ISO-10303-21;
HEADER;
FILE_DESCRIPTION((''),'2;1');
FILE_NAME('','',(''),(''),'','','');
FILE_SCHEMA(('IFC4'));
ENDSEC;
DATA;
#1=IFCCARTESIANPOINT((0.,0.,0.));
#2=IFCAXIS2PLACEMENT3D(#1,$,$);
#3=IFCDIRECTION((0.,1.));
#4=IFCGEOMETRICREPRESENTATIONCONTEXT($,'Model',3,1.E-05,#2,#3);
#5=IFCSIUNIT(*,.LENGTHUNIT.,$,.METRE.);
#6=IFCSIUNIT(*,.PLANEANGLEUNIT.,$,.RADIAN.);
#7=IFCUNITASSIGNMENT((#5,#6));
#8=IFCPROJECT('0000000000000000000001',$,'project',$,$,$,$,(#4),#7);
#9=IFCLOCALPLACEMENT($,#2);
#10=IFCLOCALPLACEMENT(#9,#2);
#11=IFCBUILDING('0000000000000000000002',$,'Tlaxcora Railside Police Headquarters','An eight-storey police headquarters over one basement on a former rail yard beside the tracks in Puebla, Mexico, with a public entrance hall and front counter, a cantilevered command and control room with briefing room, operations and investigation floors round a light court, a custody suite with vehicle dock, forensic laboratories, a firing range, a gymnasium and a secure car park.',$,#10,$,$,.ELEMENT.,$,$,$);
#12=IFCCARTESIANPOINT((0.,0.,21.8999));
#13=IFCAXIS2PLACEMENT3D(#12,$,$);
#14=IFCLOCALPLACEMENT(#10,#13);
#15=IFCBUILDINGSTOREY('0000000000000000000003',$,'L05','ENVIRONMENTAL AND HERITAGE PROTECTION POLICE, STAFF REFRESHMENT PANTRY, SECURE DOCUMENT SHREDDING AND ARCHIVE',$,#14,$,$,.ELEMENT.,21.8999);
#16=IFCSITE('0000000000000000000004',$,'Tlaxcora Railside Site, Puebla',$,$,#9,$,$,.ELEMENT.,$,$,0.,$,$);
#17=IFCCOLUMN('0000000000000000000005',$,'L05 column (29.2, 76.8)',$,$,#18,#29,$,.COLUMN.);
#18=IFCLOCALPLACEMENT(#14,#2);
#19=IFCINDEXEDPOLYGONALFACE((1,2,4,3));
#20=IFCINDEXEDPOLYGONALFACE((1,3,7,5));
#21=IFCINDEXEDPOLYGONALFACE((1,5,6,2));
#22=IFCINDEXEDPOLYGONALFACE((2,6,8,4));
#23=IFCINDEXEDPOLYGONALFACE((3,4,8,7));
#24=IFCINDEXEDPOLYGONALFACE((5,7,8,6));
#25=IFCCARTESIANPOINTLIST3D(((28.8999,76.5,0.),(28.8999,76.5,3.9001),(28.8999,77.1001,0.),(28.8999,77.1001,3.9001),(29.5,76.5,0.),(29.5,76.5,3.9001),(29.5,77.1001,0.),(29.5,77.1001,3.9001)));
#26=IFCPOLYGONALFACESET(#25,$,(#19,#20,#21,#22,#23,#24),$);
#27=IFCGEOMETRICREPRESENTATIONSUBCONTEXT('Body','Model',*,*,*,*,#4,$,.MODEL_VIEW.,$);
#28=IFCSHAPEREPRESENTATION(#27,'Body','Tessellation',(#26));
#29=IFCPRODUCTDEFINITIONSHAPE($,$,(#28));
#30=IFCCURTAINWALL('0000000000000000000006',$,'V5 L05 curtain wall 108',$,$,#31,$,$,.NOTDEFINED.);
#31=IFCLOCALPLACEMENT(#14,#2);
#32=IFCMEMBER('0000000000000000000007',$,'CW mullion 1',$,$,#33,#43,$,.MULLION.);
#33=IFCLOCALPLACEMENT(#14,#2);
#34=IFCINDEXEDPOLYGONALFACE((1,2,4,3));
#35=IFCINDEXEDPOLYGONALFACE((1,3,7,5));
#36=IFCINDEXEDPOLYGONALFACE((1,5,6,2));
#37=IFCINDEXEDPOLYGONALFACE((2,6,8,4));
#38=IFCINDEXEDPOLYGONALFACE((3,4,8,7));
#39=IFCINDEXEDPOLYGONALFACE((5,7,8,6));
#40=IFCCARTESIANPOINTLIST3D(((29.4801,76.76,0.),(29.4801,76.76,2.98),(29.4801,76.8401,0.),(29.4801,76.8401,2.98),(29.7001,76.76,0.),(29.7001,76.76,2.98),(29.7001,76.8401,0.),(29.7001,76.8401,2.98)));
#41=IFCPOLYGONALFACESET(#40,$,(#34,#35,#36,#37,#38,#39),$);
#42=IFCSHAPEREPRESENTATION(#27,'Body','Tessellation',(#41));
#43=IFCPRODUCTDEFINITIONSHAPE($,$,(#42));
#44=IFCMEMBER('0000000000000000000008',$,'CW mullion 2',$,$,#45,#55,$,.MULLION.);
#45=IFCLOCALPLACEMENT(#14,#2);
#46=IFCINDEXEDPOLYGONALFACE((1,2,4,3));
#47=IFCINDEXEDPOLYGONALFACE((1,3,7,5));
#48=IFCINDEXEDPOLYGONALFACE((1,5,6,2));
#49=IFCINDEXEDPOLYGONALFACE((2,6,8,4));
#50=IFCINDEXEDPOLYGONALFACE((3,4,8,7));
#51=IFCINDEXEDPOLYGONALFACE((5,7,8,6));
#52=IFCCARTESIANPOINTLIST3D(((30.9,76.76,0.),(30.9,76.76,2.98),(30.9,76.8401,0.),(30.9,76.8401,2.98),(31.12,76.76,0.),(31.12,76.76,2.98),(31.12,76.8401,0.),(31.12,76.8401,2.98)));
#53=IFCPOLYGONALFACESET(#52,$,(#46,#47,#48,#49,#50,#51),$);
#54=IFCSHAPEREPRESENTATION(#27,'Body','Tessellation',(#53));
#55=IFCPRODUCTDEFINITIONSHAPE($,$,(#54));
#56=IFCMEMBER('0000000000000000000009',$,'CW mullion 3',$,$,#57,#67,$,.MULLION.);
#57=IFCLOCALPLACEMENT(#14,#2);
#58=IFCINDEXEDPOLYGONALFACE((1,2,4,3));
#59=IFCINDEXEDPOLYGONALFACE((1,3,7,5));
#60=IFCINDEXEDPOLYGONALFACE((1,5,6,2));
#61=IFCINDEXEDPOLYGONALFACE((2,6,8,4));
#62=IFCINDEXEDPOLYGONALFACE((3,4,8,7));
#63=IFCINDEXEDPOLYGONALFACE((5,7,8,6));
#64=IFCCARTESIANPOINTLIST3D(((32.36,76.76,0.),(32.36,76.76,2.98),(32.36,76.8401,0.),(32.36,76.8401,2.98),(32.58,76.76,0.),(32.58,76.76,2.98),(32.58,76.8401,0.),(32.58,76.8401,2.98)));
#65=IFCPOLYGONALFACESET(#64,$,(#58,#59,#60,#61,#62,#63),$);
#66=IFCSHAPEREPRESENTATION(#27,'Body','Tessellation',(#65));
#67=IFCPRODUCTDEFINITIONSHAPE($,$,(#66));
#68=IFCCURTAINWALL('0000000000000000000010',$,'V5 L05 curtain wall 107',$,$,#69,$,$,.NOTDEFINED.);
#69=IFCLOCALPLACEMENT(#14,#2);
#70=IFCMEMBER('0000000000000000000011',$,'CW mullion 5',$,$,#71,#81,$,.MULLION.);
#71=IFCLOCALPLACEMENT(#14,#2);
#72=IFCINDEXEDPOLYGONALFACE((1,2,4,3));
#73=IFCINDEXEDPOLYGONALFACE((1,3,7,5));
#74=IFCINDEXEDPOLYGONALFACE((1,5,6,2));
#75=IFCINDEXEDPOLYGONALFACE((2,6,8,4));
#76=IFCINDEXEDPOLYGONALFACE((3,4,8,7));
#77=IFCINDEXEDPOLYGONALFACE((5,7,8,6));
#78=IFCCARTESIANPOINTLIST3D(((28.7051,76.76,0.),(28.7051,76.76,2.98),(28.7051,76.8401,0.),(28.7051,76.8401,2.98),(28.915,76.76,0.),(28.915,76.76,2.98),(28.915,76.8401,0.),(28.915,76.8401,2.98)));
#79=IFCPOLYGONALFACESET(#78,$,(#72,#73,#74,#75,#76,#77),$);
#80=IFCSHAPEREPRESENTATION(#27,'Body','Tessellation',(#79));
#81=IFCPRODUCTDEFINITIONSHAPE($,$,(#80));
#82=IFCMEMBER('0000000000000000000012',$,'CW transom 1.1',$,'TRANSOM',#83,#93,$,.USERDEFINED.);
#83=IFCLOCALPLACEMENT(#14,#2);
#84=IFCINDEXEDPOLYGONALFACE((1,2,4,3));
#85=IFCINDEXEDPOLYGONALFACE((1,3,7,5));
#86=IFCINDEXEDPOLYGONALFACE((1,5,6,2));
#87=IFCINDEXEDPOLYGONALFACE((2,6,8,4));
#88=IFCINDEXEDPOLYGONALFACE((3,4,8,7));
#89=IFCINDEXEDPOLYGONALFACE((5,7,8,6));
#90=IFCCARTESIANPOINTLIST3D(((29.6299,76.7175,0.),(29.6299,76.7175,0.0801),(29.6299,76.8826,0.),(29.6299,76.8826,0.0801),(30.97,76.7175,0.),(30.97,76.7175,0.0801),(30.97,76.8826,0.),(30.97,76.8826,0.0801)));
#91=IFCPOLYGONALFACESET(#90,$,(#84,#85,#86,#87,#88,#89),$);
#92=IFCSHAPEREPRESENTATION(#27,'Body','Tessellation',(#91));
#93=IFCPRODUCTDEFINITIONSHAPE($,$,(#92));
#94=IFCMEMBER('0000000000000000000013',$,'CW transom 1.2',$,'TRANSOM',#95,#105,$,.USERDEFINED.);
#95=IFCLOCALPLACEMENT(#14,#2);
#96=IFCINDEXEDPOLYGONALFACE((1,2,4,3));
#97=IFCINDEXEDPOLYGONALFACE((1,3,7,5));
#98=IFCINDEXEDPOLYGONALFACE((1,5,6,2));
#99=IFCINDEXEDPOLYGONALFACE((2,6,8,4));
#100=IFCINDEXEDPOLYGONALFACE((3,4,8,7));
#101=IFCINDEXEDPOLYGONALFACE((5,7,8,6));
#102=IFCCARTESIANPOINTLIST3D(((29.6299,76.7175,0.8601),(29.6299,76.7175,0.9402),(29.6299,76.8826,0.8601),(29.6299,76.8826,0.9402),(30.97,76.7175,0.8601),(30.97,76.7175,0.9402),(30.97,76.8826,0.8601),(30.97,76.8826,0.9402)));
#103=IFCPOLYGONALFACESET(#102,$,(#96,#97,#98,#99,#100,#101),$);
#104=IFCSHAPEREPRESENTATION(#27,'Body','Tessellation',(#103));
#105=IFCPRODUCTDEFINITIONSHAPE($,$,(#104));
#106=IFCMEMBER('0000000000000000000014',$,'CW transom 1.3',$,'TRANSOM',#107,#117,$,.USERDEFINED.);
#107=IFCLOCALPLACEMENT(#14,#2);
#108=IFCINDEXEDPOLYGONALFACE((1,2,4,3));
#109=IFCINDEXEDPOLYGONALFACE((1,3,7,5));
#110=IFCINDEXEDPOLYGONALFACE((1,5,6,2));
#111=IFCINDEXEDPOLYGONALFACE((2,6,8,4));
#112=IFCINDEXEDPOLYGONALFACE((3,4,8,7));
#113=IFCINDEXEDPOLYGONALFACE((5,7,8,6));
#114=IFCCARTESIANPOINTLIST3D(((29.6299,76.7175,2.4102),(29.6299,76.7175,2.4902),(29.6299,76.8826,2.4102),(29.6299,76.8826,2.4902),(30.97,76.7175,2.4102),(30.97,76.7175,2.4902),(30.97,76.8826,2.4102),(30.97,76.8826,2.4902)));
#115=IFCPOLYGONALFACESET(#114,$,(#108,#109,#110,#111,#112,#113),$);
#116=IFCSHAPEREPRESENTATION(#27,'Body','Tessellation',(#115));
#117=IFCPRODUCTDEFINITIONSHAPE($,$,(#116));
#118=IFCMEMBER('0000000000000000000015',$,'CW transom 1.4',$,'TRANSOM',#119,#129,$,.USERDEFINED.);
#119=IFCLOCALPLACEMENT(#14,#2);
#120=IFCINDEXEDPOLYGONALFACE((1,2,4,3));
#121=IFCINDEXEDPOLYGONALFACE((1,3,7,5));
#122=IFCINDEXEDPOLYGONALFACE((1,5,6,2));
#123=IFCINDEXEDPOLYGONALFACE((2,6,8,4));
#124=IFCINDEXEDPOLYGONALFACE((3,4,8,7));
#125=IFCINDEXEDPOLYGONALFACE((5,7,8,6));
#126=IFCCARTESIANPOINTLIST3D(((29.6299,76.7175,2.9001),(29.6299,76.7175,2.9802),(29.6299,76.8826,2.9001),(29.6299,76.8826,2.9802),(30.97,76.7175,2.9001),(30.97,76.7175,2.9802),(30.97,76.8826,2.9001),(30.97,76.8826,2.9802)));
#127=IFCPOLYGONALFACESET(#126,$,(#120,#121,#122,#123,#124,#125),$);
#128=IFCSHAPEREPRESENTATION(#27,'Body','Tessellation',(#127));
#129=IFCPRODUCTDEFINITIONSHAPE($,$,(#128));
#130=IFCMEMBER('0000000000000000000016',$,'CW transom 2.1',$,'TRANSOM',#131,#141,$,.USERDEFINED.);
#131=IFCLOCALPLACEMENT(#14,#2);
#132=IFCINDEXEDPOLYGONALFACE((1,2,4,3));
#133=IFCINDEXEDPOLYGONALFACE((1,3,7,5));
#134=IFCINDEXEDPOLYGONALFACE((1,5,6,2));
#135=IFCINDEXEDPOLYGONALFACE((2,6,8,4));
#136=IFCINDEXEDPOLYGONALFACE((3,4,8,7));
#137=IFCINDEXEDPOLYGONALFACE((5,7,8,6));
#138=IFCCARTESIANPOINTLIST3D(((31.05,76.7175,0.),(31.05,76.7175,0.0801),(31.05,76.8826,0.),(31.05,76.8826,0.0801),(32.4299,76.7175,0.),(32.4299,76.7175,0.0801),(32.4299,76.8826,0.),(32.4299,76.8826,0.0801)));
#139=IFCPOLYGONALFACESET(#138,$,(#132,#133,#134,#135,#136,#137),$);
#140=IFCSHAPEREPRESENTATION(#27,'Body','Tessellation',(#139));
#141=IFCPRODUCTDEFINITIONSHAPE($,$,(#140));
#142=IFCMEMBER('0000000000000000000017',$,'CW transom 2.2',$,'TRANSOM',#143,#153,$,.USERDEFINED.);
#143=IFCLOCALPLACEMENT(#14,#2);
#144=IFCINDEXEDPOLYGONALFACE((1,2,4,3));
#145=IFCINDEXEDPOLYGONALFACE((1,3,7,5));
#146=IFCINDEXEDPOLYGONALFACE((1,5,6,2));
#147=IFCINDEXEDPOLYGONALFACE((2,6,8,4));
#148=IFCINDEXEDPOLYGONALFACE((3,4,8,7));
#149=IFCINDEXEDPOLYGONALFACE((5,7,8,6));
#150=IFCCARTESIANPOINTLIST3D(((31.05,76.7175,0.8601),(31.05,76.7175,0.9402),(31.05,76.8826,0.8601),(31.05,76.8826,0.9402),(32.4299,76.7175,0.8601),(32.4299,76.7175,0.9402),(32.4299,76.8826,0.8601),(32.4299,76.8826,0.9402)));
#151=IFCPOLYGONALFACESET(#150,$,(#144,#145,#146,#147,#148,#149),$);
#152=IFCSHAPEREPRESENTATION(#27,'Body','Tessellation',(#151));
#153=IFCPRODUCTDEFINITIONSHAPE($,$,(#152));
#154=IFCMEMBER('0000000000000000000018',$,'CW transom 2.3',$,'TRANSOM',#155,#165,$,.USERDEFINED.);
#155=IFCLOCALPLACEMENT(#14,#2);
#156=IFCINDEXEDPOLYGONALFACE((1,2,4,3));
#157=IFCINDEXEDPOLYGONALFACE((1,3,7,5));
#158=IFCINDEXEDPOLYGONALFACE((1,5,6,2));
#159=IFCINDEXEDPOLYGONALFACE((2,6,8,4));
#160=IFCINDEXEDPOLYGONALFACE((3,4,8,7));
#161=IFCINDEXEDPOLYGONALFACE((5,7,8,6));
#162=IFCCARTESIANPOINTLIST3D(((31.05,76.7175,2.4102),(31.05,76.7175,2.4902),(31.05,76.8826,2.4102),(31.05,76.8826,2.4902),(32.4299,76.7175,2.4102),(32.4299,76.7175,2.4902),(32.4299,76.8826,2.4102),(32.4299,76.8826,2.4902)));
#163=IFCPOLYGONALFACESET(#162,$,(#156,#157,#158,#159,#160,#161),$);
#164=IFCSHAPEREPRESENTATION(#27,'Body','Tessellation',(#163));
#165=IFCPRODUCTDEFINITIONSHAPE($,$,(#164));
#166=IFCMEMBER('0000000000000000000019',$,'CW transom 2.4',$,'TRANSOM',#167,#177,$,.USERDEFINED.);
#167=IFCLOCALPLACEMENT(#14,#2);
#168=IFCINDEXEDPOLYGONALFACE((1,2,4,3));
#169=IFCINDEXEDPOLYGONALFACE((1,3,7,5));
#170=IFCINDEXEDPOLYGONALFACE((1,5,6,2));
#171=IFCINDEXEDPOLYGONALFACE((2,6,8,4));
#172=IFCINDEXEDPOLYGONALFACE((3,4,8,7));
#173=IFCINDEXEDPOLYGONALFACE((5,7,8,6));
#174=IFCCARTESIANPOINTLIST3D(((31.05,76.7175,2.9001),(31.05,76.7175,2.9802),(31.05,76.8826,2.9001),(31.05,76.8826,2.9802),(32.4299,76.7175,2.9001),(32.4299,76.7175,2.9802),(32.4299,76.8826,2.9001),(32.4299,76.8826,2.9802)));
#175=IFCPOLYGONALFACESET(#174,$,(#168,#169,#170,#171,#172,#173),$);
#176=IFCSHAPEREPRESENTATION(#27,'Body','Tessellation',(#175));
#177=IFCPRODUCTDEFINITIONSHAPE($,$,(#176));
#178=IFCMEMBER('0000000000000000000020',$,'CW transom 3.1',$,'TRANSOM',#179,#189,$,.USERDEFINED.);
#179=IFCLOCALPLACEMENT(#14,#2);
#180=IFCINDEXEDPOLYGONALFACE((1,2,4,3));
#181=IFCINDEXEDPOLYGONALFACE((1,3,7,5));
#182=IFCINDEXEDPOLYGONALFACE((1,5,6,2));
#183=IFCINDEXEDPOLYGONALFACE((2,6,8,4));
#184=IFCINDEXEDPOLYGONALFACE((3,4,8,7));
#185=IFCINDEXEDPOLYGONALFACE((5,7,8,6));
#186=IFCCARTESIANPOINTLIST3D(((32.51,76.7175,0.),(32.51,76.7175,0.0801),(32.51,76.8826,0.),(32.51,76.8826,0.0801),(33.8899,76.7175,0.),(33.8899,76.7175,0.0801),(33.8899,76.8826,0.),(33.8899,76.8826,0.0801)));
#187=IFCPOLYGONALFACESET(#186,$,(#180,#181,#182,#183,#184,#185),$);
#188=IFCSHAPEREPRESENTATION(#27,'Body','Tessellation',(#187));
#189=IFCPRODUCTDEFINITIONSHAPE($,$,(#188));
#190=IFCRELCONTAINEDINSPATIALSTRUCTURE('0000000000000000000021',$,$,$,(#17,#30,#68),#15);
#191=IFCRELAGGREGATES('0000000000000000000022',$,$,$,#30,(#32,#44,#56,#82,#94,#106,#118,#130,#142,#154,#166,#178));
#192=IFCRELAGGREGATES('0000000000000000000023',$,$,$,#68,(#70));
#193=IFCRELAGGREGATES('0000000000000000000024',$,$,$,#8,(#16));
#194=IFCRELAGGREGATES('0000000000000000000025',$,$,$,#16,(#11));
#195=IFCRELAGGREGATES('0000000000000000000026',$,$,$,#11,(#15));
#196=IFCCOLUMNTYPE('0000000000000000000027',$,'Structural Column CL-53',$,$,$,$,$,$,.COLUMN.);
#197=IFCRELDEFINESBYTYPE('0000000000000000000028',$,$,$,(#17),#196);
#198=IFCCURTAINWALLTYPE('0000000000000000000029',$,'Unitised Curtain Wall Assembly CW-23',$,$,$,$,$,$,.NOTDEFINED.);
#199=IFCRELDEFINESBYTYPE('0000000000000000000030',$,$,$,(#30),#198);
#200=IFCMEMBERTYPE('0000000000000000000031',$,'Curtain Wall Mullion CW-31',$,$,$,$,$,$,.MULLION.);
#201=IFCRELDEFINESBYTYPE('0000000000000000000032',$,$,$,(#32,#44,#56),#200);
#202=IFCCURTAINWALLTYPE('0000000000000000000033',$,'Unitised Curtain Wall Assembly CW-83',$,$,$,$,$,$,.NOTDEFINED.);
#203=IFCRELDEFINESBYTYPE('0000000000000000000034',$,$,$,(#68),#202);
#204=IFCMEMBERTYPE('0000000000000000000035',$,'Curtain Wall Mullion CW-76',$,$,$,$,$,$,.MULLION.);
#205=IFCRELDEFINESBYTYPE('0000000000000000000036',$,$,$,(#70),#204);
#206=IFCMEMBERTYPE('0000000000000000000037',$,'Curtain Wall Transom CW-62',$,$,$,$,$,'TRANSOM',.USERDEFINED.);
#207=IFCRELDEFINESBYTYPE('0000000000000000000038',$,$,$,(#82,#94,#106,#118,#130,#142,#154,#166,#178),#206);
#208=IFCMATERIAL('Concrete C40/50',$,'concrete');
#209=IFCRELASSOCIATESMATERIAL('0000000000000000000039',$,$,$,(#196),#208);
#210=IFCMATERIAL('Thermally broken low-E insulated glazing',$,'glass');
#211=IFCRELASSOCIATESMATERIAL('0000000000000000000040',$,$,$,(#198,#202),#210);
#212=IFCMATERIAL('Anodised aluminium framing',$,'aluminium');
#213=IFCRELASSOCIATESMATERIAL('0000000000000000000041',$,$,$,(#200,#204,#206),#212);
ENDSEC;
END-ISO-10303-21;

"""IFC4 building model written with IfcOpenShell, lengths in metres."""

from ifc_helpers import new_model, si_unit, direction, frame, origin, origin_2d, place, context, subcontext, project, spatial, rectangle, extrude, material, material_profile, profile_set, type_object, element, aggregate, save


model = new_model("IFC4")

# Units and contexts
model_context = context("Model", 3, precision=1e-05, world=origin(), true_north=direction((0.0, 1.0)))
body_context = subcontext(model_context, "Body", "Model", "MODEL_VIEW")
ifc_project = project(units=[si_unit("LENGTHUNIT", "METRE"), si_unit("PLANEANGLEUNIT", "RADIAN")], contexts=[model_context])

# Site, building, storey
site_placement = place(None, origin())
site = spatial("IfcSite", under=ifc_project, at=site_placement, Name="Tlaxcora Railside Site, Puebla", CompositionType="ELEMENT", RefElevation=0.0)
building_placement = place(site_placement, origin())
building = spatial("IfcBuilding", under=site, at=building_placement, Name="Tlaxcora Railside Police Headquarters", Description="An eight-storey police headquarters over one basement on a former rail yard beside the tracks in Puebla, Mexico, with a public entrance hall and front counter, a cantilevered command and control room with briefing room, operations and investigation floors round a light court, a custody suite with vehicle dock, forensic laboratories, a firing range, a gymnasium and a secure car park.", CompositionType="ELEMENT")
storey_placement = place(building_placement, frame((0.0, 0.0, 21.8999)))
storey = spatial("IfcBuildingStorey", under=building, at=storey_placement, Name="L05", Description="ENVIRONMENTAL AND HERITAGE PROTECTION POLICE, STAFF REFRESHMENT PANTRY, SECURE DOCUMENT SHREDDING AND ARCHIVE", CompositionType="ELEMENT", Elevation=21.8999)

# Column
ifc_material_1 = material(Name="Concrete C40/50", Category="concrete")
ifc_material_profile_1 = material_profile(ifc_material_1, rectangle(XDim=0.6001, YDim=0.6001, at=origin_2d()), Name="RC600X600")
ifc_profile_set_1 = profile_set([ifc_material_profile_1], Name="Concrete C40/50")
column_type = type_object("IfcColumnType", Name="Structural Column CL-53", PredefinedType="COLUMN", material=ifc_profile_set_1)
column_placement = place(storey_placement, frame((29.2, 76.8, 0.0), z_axis=(0.0, 0.0, 1.0), x_axis=(1.0, 0.0, 0.0)))
element("IfcColumn", 1, at=column_placement, inside=storey, type_object=column_type, Name="L05 column (29.2, 76.8)", PredefinedType="COLUMN", context=body_context, shape_type="SweptSolid", body=[
    extrude(rectangle(XDim=0.6001, YDim=0.6001, at=origin_2d()), origin(), (0.0, 0.0, 1.0), 3.9001),
])

# Curtain wall, members
ifc_material_2 = material(Name="Thermally broken low-E insulated glazing", Category="glass")
curtain_wall_type_1 = type_object("IfcCurtainWallType", Name="Unitised Curtain Wall Assembly CW-23", PredefinedType="NOTDEFINED", material=ifc_material_2)
curtain_wall_1_placement = place(storey_placement, origin())
curtain_wall_1 = element("IfcCurtainWall", 2, at=curtain_wall_1_placement, inside=storey, type_object=curtain_wall_type_1, Name="V5 L05 curtain wall 108", PredefinedType="NOTDEFINED")
ifc_material_3 = material(Name="Anodised aluminium framing", Category="aluminium")
ifc_material_profile_2 = material_profile(ifc_material_3, rectangle(XDim=0.0801, YDim=0.22, at=origin_2d()), Name="AL80X220")
ifc_profile_set_2 = profile_set([ifc_material_profile_2], Name="Anodised aluminium framing")
member_type_1 = type_object("IfcMemberType", Name="Curtain Wall Mullion CW-31", PredefinedType="MULLION", material=ifc_profile_set_2)
member_1_placement = place(storey_placement, frame((29.5901, 76.8, 0.0), z_axis=(0.0, 0.0, 1.0), x_axis=(0.0, 1.0, 0.0)))
member_1 = element("IfcMember", 3, at=member_1_placement, type_object=member_type_1, Name="CW mullion 1", PredefinedType="MULLION", context=body_context, shape_type="SweptSolid", body=[
    extrude(rectangle(XDim=0.0801, YDim=0.22, at=origin_2d()), origin(), (0.0, 0.0, 1.0), 2.98),
])
member_2_placement = place(storey_placement, frame((31.01, 76.8, 0.0), z_axis=(0.0, 0.0, 1.0), x_axis=(0.0, 1.0, 0.0)))
member_2 = element("IfcMember", 4, at=member_2_placement, type_object=member_type_1, Name="CW mullion 2", PredefinedType="MULLION", context=body_context, shape_type="SweptSolid", body=[
    extrude(rectangle(XDim=0.0801, YDim=0.22, at=origin_2d()), origin(), (0.0, 0.0, 1.0), 2.98),
])
member_3_placement = place(storey_placement, frame((32.47, 76.8, 0.0), z_axis=(0.0, 0.0, 1.0), x_axis=(0.0, 1.0, 0.0)))
member_3 = element("IfcMember", 5, at=member_3_placement, type_object=member_type_1, Name="CW mullion 3", PredefinedType="MULLION", context=body_context, shape_type="SweptSolid", body=[
    extrude(rectangle(XDim=0.0801, YDim=0.22, at=origin_2d()), origin(), (0.0, 0.0, 1.0), 2.98),
])

# Curtain wall, member
curtain_wall_type_2 = type_object("IfcCurtainWallType", Name="Unitised Curtain Wall Assembly CW-83", PredefinedType="NOTDEFINED", material=ifc_material_2)
curtain_wall_2_placement = place(storey_placement, origin())
curtain_wall_2 = element("IfcCurtainWall", 6, at=curtain_wall_2_placement, inside=storey, type_object=curtain_wall_type_2, Name="V5 L05 curtain wall 107", PredefinedType="NOTDEFINED")
ifc_material_profile_3 = material_profile(ifc_material_3, rectangle(XDim=0.0801, YDim=0.21, at=origin_2d()), Name="AL80X210")
ifc_profile_set_3 = profile_set([ifc_material_profile_3], Name="Anodised aluminium framing")
member_type_2 = type_object("IfcMemberType", Name="Curtain Wall Mullion CW-76", PredefinedType="MULLION", material=ifc_profile_set_3)
member_4_placement = place(storey_placement, frame((28.8101, 76.8, 0.0), z_axis=(0.0, 0.0, 1.0), x_axis=(0.0, 1.0, 0.0)))
member_4 = element("IfcMember", 7, at=member_4_placement, type_object=member_type_2, Name="CW mullion 5", PredefinedType="MULLION", context=body_context, shape_type="SweptSolid", body=[
    extrude(rectangle(XDim=0.0801, YDim=0.21, at=origin_2d()), origin(), (0.0, 0.0, 1.0), 2.98),
])

# Members
ifc_material_profile_4 = material_profile(ifc_material_3, rectangle(XDim=0.165, YDim=0.0801, at=origin_2d()), Name="AL80X165")
ifc_profile_set_4 = profile_set([ifc_material_profile_4], Name="Anodised aluminium framing")
member_type_3 = type_object("IfcMemberType", Name="Curtain Wall Transom CW-62", ElementType="TRANSOM", PredefinedType="USERDEFINED", material=ifc_profile_set_4)
member_5_placement = place(storey_placement, frame((29.6299, 76.8, 0.04), z_axis=(1.0, 0.0, 0.0), x_axis=(0.0, 1.0, 0.0)))
member_5 = element("IfcMember", 8, at=member_5_placement, type_object=member_type_3, Name="CW transom 1.1", ObjectType="TRANSOM", PredefinedType="USERDEFINED", context=body_context, shape_type="SweptSolid", body=[
    extrude(rectangle(XDim=0.165, YDim=0.0801, at=origin_2d()), origin(), (0.0, 0.0, 1.0), 1.3401),
])
member_6_placement = place(storey_placement, frame((29.6299, 76.8, 0.9001), z_axis=(1.0, 0.0, 0.0), x_axis=(0.0, 1.0, 0.0)))
member_6 = element("IfcMember", 9, at=member_6_placement, type_object=member_type_3, Name="CW transom 1.2", ObjectType="TRANSOM", PredefinedType="USERDEFINED", context=body_context, shape_type="SweptSolid", body=[
    extrude(rectangle(XDim=0.165, YDim=0.0801, at=origin_2d()), origin(), (0.0, 0.0, 1.0), 1.3401),
])
member_7_placement = place(storey_placement, frame((29.6299, 76.8, 2.4502), z_axis=(1.0, 0.0, 0.0), x_axis=(0.0, 1.0, 0.0)))
member_7 = element("IfcMember", 10, at=member_7_placement, type_object=member_type_3, Name="CW transom 1.3", ObjectType="TRANSOM", PredefinedType="USERDEFINED", context=body_context, shape_type="SweptSolid", body=[
    extrude(rectangle(XDim=0.165, YDim=0.0801, at=origin_2d()), origin(), (0.0, 0.0, 1.0), 1.3401),
])
member_8_placement = place(storey_placement, frame((29.6299, 76.8, 2.9402), z_axis=(1.0, 0.0, 0.0), x_axis=(0.0, 1.0, 0.0)))
member_8 = element("IfcMember", 11, at=member_8_placement, type_object=member_type_3, Name="CW transom 1.4", ObjectType="TRANSOM", PredefinedType="USERDEFINED", context=body_context, shape_type="SweptSolid", body=[
    extrude(rectangle(XDim=0.165, YDim=0.0801, at=origin_2d()), origin(), (0.0, 0.0, 1.0), 1.3401),
])
member_9_placement = place(storey_placement, frame((31.05, 76.8, 0.04), z_axis=(1.0, 0.0, 0.0), x_axis=(0.0, 1.0, 0.0)))
member_9 = element("IfcMember", 12, at=member_9_placement, type_object=member_type_3, Name="CW transom 2.1", ObjectType="TRANSOM", PredefinedType="USERDEFINED", context=body_context, shape_type="SweptSolid", body=[
    extrude(rectangle(XDim=0.165, YDim=0.0801, at=origin_2d()), origin(), (0.0, 0.0, 1.0), 1.3799),
])
member_10_placement = place(storey_placement, frame((31.05, 76.8, 0.9001), z_axis=(1.0, 0.0, 0.0), x_axis=(0.0, 1.0, 0.0)))
member_10 = element("IfcMember", 13, at=member_10_placement, type_object=member_type_3, Name="CW transom 2.2", ObjectType="TRANSOM", PredefinedType="USERDEFINED", context=body_context, shape_type="SweptSolid", body=[
    extrude(rectangle(XDim=0.165, YDim=0.0801, at=origin_2d()), origin(), (0.0, 0.0, 1.0), 1.3799),
])
member_11_placement = place(storey_placement, frame((31.05, 76.8, 2.4502), z_axis=(1.0, 0.0, 0.0), x_axis=(0.0, 1.0, 0.0)))
member_11 = element("IfcMember", 14, at=member_11_placement, type_object=member_type_3, Name="CW transom 2.3", ObjectType="TRANSOM", PredefinedType="USERDEFINED", context=body_context, shape_type="SweptSolid", body=[
    extrude(rectangle(XDim=0.165, YDim=0.0801, at=origin_2d()), origin(), (0.0, 0.0, 1.0), 1.3799),
])
member_12_placement = place(storey_placement, frame((31.05, 76.8, 2.9402), z_axis=(1.0, 0.0, 0.0), x_axis=(0.0, 1.0, 0.0)))
member_12 = element("IfcMember", 15, at=member_12_placement, type_object=member_type_3, Name="CW transom 2.4", ObjectType="TRANSOM", PredefinedType="USERDEFINED", context=body_context, shape_type="SweptSolid", body=[
    extrude(rectangle(XDim=0.165, YDim=0.0801, at=origin_2d()), origin(), (0.0, 0.0, 1.0), 1.3799),
])
member_13_placement = place(storey_placement, frame((32.51, 76.8, 0.04), z_axis=(1.0, 0.0, 0.0), x_axis=(0.0, 1.0, 0.0)))
member_13 = element("IfcMember", 16, at=member_13_placement, type_object=member_type_3, Name="CW transom 3.1", ObjectType="TRANSOM", PredefinedType="USERDEFINED", context=body_context, shape_type="SweptSolid", body=[
    extrude(rectangle(XDim=0.165, YDim=0.0801, at=origin_2d()), origin(), (0.0, 0.0, 1.0), 1.3799),
])

aggregate(curtain_wall_1, [member_1, member_2, member_3, member_5, member_6, member_7, member_8, member_9, member_10, member_11, member_12, member_13])
aggregate(curtain_wall_2, [member_4])

save(model, "model.ifc")
